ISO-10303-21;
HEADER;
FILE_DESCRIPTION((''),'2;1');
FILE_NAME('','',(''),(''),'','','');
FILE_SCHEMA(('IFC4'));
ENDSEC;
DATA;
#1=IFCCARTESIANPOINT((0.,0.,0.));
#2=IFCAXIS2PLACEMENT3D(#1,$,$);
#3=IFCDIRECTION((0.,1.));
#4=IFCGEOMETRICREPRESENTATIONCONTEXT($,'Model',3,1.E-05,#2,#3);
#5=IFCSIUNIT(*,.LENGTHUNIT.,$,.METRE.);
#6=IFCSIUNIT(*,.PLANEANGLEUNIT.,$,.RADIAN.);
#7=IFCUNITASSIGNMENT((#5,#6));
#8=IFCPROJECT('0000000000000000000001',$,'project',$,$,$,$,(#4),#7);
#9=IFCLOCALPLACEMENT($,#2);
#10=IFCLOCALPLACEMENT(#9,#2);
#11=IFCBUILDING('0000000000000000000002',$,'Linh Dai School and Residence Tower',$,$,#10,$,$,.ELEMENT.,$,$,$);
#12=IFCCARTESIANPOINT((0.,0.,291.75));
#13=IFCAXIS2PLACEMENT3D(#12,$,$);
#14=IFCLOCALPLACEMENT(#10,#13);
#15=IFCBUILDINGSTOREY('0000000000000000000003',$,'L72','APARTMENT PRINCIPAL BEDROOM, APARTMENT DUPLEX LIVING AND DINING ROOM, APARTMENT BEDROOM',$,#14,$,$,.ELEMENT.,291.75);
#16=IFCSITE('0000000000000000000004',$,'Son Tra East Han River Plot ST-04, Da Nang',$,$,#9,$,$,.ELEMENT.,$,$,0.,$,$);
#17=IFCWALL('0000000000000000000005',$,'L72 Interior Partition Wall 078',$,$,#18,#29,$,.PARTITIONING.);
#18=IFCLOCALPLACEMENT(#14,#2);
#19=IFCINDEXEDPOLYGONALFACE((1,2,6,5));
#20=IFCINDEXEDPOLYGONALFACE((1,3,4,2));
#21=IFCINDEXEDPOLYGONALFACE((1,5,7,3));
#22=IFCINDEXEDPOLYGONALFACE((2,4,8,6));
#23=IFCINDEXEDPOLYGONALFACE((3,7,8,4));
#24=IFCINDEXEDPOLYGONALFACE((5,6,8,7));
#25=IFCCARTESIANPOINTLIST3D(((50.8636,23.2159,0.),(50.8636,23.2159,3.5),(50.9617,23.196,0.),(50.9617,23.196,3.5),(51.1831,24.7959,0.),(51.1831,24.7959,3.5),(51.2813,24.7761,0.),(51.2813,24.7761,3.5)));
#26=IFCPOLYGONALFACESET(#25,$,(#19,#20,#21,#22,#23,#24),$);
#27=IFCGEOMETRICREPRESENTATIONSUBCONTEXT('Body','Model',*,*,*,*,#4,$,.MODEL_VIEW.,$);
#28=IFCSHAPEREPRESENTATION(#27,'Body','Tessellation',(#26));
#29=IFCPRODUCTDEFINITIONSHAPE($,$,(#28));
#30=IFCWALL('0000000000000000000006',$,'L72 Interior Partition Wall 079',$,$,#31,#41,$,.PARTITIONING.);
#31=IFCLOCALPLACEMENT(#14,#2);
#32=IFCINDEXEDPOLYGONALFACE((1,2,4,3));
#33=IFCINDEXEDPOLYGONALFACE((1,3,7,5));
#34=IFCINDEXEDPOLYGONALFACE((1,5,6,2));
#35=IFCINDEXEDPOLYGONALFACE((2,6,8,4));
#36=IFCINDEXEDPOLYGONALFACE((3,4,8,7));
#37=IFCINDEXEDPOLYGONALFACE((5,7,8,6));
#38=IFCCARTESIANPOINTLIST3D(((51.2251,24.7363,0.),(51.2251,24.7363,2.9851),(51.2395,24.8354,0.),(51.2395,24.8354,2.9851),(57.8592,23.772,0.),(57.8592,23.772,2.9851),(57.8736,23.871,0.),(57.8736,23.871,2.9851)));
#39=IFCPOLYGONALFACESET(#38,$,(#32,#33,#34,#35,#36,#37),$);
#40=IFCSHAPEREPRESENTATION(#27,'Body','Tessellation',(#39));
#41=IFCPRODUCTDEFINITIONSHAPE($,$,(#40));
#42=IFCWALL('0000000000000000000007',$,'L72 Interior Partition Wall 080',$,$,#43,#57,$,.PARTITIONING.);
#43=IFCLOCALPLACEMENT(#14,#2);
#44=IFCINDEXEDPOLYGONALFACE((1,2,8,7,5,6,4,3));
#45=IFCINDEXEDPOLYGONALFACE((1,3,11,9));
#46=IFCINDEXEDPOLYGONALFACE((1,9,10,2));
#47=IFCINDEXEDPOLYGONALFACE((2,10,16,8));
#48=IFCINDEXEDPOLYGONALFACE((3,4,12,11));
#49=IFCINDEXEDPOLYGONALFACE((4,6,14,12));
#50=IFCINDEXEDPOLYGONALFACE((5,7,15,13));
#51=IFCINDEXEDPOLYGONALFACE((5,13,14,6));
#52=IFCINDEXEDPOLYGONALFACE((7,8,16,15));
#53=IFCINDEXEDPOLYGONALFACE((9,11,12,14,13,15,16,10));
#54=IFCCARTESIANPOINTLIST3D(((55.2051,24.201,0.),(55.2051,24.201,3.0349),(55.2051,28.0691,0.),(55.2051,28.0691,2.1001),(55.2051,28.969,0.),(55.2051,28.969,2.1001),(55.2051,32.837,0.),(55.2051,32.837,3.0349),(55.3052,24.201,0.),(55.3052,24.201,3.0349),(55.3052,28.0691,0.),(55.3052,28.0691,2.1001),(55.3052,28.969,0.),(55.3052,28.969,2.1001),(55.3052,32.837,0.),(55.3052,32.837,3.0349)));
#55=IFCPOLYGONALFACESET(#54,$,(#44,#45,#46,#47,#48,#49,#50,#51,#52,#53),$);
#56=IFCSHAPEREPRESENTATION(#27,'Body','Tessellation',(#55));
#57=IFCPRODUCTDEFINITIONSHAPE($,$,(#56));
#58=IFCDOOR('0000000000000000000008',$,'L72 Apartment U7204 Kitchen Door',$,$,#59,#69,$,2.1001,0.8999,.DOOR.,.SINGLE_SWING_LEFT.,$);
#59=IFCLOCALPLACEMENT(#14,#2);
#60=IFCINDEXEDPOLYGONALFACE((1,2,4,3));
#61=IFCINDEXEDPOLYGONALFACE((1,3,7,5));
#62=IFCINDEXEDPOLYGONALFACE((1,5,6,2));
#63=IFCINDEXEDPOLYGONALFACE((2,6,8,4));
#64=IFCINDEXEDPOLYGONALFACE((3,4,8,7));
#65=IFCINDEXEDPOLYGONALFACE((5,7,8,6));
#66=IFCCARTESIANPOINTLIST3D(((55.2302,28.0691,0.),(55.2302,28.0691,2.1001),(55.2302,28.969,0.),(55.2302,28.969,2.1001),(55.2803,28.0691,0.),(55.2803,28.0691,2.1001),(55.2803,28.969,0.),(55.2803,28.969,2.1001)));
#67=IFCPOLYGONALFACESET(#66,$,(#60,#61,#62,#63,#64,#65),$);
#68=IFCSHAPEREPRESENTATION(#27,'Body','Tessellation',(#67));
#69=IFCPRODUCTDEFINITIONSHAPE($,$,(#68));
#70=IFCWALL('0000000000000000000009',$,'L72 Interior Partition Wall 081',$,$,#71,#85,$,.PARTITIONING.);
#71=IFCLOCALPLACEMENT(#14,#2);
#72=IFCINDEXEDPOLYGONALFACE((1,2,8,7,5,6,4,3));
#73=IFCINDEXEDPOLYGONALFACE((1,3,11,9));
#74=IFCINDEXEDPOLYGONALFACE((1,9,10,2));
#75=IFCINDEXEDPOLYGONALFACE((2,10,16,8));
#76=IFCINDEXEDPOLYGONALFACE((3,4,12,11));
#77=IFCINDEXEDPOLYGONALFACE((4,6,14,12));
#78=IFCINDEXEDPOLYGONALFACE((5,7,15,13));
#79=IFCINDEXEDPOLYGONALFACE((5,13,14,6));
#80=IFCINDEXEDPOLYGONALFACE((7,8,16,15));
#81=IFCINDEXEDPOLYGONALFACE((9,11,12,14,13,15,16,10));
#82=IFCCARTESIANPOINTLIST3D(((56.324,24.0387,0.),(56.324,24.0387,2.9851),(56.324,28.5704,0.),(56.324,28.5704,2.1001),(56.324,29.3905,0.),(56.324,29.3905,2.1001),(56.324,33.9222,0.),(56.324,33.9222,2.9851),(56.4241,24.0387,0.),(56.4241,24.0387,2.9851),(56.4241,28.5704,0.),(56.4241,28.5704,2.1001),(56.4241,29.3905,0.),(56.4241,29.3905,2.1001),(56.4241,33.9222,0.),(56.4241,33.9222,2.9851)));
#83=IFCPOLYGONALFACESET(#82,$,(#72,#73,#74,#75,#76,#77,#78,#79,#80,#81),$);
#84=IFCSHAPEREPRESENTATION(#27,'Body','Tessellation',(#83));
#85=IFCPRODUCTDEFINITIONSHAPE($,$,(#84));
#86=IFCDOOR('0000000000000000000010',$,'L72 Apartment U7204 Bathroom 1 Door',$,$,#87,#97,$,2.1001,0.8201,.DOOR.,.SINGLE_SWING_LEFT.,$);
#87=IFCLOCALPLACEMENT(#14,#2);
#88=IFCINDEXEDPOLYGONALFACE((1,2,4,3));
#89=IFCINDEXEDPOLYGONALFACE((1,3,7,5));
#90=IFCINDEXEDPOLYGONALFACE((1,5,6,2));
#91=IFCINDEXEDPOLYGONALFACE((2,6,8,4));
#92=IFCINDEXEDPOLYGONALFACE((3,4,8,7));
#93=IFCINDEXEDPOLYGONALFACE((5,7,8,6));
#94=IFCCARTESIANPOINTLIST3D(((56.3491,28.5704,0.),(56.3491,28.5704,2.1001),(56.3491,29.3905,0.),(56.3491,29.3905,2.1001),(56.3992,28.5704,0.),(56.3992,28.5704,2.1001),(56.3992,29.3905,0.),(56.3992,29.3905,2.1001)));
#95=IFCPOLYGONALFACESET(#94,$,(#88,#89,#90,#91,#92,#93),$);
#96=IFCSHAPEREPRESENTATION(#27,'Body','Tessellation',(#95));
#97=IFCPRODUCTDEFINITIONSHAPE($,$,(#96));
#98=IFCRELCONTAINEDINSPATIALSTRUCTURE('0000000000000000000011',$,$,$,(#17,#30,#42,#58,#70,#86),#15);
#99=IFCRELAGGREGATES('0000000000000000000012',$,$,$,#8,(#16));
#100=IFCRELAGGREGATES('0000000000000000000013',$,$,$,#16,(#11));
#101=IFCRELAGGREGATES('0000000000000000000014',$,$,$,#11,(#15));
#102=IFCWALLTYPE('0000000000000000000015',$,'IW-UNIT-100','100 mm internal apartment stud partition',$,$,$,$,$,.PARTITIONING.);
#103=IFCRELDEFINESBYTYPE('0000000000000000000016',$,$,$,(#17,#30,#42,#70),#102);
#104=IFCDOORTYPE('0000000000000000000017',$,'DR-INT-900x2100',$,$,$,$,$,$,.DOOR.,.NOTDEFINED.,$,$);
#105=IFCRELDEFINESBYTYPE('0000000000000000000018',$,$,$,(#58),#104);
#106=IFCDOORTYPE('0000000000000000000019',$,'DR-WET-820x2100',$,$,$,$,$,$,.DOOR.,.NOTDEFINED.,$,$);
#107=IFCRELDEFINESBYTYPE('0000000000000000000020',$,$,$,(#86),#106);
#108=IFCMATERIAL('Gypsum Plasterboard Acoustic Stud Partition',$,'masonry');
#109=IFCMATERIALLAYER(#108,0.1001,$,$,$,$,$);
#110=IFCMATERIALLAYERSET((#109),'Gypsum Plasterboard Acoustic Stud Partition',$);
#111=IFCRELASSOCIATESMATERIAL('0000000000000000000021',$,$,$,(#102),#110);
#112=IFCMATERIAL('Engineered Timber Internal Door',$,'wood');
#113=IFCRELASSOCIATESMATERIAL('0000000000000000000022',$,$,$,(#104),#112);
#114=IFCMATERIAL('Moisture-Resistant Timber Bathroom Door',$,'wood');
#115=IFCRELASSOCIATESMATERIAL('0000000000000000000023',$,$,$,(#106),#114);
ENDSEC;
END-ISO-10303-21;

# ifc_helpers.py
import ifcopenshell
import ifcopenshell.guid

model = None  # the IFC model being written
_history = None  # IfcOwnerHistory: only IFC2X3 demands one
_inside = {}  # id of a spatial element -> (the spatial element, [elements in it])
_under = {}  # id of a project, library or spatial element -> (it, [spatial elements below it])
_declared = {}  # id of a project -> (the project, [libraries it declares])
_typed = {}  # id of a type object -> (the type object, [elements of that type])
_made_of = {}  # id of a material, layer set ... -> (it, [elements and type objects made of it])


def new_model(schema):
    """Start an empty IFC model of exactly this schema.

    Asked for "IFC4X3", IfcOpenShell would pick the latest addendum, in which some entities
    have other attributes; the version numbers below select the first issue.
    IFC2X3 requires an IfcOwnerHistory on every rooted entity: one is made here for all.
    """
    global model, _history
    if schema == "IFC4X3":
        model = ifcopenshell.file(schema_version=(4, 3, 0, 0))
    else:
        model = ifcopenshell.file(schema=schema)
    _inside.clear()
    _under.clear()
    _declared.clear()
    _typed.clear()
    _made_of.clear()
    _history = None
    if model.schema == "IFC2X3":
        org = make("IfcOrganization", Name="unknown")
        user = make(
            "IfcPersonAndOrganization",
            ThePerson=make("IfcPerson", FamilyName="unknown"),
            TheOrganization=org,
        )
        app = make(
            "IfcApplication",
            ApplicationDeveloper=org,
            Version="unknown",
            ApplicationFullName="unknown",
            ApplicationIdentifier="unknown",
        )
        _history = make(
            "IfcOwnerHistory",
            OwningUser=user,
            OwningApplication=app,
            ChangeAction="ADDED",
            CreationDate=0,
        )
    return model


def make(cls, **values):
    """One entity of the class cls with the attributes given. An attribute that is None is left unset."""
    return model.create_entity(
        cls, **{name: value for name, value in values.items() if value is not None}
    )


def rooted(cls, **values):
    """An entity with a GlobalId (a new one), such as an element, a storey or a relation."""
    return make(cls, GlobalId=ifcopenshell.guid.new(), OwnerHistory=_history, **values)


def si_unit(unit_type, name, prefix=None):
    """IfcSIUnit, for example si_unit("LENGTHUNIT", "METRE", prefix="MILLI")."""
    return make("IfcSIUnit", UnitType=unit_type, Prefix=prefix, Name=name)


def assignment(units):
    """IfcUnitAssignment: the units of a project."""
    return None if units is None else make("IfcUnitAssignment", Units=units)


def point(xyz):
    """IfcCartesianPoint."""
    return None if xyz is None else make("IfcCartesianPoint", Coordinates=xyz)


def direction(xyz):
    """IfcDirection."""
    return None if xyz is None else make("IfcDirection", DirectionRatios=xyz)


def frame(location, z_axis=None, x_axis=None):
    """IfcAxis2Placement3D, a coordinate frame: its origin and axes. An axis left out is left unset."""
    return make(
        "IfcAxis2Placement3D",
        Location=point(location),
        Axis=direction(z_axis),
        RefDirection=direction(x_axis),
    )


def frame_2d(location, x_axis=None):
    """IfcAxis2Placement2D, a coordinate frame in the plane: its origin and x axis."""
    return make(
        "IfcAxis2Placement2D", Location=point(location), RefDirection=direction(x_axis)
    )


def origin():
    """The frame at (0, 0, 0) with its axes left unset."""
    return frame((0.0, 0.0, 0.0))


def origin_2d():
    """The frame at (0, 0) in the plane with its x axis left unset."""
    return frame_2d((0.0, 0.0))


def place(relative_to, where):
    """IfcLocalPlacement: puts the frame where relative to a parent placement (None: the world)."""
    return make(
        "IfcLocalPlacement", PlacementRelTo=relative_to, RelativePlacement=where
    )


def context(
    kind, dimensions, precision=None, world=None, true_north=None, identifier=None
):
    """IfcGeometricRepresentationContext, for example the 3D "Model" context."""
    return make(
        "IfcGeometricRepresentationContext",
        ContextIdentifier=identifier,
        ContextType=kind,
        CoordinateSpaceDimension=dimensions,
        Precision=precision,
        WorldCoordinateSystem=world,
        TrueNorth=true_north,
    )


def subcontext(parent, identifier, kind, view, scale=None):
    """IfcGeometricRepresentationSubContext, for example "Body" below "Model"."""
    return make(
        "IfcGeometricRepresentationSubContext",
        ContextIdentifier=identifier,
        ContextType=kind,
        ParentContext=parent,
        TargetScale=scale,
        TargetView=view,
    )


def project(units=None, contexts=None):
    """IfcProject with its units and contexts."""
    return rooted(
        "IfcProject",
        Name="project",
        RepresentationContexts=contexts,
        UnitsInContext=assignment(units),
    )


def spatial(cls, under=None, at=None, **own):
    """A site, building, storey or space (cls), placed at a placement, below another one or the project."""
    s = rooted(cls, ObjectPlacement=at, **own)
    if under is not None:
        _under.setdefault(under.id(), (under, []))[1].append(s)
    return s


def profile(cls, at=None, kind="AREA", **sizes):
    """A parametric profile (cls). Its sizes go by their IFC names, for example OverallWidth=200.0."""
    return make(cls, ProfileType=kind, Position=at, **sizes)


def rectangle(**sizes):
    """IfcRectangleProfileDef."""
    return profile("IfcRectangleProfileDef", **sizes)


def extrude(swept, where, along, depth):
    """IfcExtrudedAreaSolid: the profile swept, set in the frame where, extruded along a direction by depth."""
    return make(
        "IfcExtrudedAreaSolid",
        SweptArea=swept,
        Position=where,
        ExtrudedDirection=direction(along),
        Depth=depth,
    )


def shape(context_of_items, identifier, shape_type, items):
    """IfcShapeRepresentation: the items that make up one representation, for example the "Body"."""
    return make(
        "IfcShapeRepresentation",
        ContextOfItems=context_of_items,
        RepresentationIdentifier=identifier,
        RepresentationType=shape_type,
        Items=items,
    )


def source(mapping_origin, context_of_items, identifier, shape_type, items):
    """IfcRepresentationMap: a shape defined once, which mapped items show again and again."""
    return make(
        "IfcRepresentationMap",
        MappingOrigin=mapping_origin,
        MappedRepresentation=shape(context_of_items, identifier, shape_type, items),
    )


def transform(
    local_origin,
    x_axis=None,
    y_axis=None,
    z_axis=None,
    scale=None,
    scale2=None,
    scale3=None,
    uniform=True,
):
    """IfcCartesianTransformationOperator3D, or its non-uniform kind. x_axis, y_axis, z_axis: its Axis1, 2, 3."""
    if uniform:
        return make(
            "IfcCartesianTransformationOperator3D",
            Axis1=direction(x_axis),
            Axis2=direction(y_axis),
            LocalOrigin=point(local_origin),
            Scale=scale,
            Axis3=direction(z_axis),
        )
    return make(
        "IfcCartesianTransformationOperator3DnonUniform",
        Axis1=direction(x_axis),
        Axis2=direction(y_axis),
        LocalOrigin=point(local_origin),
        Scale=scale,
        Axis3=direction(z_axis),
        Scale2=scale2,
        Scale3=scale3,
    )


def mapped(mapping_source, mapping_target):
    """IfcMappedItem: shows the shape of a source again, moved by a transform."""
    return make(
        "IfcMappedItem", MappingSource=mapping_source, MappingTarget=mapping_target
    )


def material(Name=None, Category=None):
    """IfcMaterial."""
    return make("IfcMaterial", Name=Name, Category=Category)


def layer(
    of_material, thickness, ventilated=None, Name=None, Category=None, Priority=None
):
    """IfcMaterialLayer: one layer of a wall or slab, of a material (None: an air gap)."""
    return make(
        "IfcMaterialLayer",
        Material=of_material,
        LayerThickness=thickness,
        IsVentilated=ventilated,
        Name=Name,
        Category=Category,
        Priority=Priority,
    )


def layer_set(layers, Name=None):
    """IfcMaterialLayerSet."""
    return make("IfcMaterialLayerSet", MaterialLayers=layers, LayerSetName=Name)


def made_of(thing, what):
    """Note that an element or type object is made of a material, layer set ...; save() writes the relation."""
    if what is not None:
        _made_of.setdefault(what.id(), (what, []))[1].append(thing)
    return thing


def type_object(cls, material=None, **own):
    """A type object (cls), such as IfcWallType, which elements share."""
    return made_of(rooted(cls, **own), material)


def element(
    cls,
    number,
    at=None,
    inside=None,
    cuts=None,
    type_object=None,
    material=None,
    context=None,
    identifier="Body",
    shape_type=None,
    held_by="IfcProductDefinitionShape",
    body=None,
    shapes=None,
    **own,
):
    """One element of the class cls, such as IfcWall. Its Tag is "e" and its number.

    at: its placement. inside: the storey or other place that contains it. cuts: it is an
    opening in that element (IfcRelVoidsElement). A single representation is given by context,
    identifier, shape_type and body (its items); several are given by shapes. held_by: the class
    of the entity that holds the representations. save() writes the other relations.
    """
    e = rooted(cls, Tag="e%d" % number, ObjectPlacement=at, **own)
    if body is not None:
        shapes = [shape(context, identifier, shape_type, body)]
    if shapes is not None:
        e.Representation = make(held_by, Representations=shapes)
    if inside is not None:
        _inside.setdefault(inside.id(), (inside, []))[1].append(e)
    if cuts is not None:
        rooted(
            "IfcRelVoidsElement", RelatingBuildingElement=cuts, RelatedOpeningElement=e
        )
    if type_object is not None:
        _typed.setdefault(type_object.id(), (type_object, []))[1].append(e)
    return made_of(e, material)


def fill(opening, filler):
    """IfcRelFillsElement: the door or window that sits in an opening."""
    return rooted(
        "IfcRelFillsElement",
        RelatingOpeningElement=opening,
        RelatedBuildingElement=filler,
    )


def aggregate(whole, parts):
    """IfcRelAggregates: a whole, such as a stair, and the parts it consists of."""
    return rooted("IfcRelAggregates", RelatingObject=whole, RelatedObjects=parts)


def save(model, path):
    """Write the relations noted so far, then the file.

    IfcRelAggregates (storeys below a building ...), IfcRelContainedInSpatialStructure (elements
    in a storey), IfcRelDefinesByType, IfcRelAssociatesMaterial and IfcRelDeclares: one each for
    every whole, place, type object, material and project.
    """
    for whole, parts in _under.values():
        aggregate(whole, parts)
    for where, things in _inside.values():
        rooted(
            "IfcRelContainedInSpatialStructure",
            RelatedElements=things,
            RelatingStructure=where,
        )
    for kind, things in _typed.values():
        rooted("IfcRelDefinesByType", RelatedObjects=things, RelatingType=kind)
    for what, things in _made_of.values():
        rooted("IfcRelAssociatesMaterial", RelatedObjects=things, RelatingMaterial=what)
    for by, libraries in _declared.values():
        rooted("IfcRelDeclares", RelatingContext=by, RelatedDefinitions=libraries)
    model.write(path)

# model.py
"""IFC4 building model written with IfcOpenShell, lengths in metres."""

from ifc_helpers import new_model, si_unit, direction, frame, frame_2d, origin, origin_2d, place, context, subcontext, project, spatial, rectangle, extrude, source, transform, mapped, material, layer, layer_set, type_object, element, fill, save


model = new_model("IFC4")

# Units and contexts
model_context = context("Model", 3, precision=1e-05, world=origin(), true_north=direction((0.0, 1.0)))
body_context = subcontext(model_context, "Body", "Model", "MODEL_VIEW")
ifc_project = project(units=[si_unit("LENGTHUNIT", "METRE"), si_unit("PLANEANGLEUNIT", "RADIAN")], contexts=[model_context])

# Site, building, storey
site_placement = place(None, origin())
site = spatial("IfcSite", under=ifc_project, at=site_placement, Name="Son Tra East Han River Plot ST-04, Da Nang", CompositionType="ELEMENT", RefElevation=0.0)
building_placement = place(site_placement, origin())
building = spatial("IfcBuilding", under=site, at=building_placement, Name="Linh Dai School and Residence Tower", CompositionType="ELEMENT")
storey_placement = place(building_placement, frame((0.0, 0.0, 291.75)))
storey = spatial("IfcBuildingStorey", under=building, at=storey_placement, Name="L72", Description="APARTMENT PRINCIPAL BEDROOM, APARTMENT DUPLEX LIVING AND DINING ROOM, APARTMENT BEDROOM", CompositionType="ELEMENT", Elevation=291.75)

# Walls
ifc_material_1 = material(Name="Gypsum Plasterboard Acoustic Stud Partition", Category="masonry")
ifc_layer_1 = layer(ifc_material_1, 0.1001)
ifc_layer_set_1 = layer_set([ifc_layer_1], Name="Gypsum Plasterboard Acoustic Stud Partition")
wall_type_1 = type_object("IfcWallType", Name="IW-UNIT-100", Description="100 mm internal apartment stud partition", PredefinedType="PARTITIONING", material=ifc_layer_set_1)
wall_1_placement = place(storey_placement, frame((50.9126, 23.2058, 0.0), z_axis=(0.0, 0.0, 1.0), x_axis=(0.198242, 0.980153, 0.0)))
element("IfcWall", 1, at=wall_1_placement, inside=storey, type_object=wall_type_1, Name="L72 Interior Partition Wall 078", PredefinedType="PARTITIONING", context=body_context, shape_type="SweptSolid", body=[
    extrude(rectangle(XDim=1.6121, YDim=0.1001, at=frame_2d((0.8062, 0.0))), origin(), (0.0, 0.0, 1.0), 3.5),
])
wall_2_placement = place(storey_placement, frame((51.2322, 24.7859, 0.0), z_axis=(0.0, 0.0, 1.0), x_axis=(0.989599, -0.143853, 0.0)))
element("IfcWall", 2, at=wall_2_placement, inside=storey, type_object=wall_type_1, Name="L72 Interior Partition Wall 079", PredefinedType="PARTITIONING", context=body_context, shape_type="SweptSolid", body=[
    extrude(rectangle(XDim=6.7039, YDim=0.1001, at=frame_2d((3.3521, 0.0))), origin(), (0.0, 0.0, 1.0), 2.9851),
])

# Walls, openings, doors
wall_3_placement = place(storey_placement, frame((55.2551, 24.2012, 0.0), z_axis=(0.0, 0.0, 1.0), x_axis=(0.0, 1.0, 0.0)))
wall_3 = element("IfcWall", 3, at=wall_3_placement, inside=storey, type_object=wall_type_1, Name="L72 Interior Partition Wall 080", PredefinedType="PARTITIONING", context=body_context, shape_type="SweptSolid", body=[
    extrude(rectangle(XDim=8.636, YDim=0.1001, at=frame_2d((4.3179, 0.0))), origin(), (0.0, 0.0, 1.0), 3.0349),
])
opening_1_placement = place(wall_3_placement, frame((3.8679, 0.0, 0.0)))
opening_1 = element("IfcOpeningElement", 4, at=opening_1_placement, cuts=wall_3, PredefinedType="OPENING", context=body_context, shape_type="SweptSolid", body=[
    extrude(rectangle(XDim=0.8999, YDim=2.1001, at=origin_2d()), frame((0.45, 0.0601, 1.05), z_axis=(0.0, -1.0, 0.0), x_axis=(1.0, 0.0, 0.0)), (0.0, 0.0, 1.0), 0.1201),
])
ifc_material_2 = material(Name="Engineered Timber Internal Door", Category="wood")
door_type_1 = type_object("IfcDoorType", Name="DR-INT-900x2100", OperationType="NOTDEFINED", PredefinedType="DOOR", material=ifc_material_2)
shared_shape_1 = source(origin(), body_context, "Body", "SweptSolid", [
    extrude(rectangle(XDim=0.8999, YDim=2.1001, at=origin_2d()), frame((0.45, 0.0249, 1.05), z_axis=(0.0, -1.0, 0.0), x_axis=(1.0, 0.0, 0.0)), (0.0, 0.0, 1.0), 0.05),
])
door_1_placement = place(opening_1_placement, origin())
door_1 = element("IfcDoor", 5, at=door_1_placement, inside=storey, type_object=door_type_1, Name="L72 Apartment U7204 Kitchen Door", OperationType="SINGLE_SWING_LEFT", OverallHeight=2.1001, OverallWidth=0.8999, PredefinedType="DOOR", context=body_context, shape_type="MappedRepresentation", body=[
    mapped(shared_shape_1, transform((0.0, 0.0, 0.0), x_axis=(1.0, 0.0, 0.0), y_axis=(0.0, 1.0, 0.0), z_axis=(0.0, 0.0, 1.0), scale=1.0)),
])
fill(opening_1, door_1)
wall_4_placement = place(storey_placement, frame((56.374, 24.0386, 0.0), z_axis=(0.0, 0.0, 1.0), x_axis=(0.0, 1.0, 0.0)))
wall_4 = element("IfcWall", 6, at=wall_4_placement, inside=storey, type_object=wall_type_1, Name="L72 Interior Partition Wall 081", PredefinedType="PARTITIONING", context=body_context, shape_type="SweptSolid", body=[
    extrude(rectangle(XDim=9.8835, YDim=0.1001, at=frame_2d((4.9419, 0.0))), origin(), (0.0, 0.0, 1.0), 2.9851),
])
opening_2_placement = place(wall_4_placement, frame((4.5317, 0.0, 0.0)))
opening_2 = element("IfcOpeningElement", 7, at=opening_2_placement, cuts=wall_4, PredefinedType="OPENING", context=body_context, shape_type="SweptSolid", body=[
    extrude(rectangle(XDim=0.8201, YDim=2.1001, at=origin_2d()), frame((0.4102, 0.0601, 1.05), z_axis=(0.0, -1.0, 0.0), x_axis=(1.0, 0.0, 0.0)), (0.0, 0.0, 1.0), 0.1201),
])
ifc_material_3 = material(Name="Moisture-Resistant Timber Bathroom Door", Category="wood")
door_type_2 = type_object("IfcDoorType", Name="DR-WET-820x2100", OperationType="NOTDEFINED", PredefinedType="DOOR", material=ifc_material_3)
shared_shape_2 = source(origin(), body_context, "Body", "SweptSolid", [
    extrude(rectangle(XDim=0.8201, YDim=2.1001, at=origin_2d()), frame((0.4102, 0.0249, 1.05), z_axis=(0.0, -1.0, 0.0), x_axis=(1.0, 0.0, 0.0)), (0.0, 0.0, 1.0), 0.05),
])
door_2_placement = place(opening_2_placement, origin())
door_2 = element("IfcDoor", 8, at=door_2_placement, inside=storey, type_object=door_type_2, Name="L72 Apartment U7204 Bathroom 1 Door", OperationType="SINGLE_SWING_LEFT", OverallHeight=2.1001, OverallWidth=0.8201, PredefinedType="DOOR", context=body_context, shape_type="MappedRepresentation", body=[
    mapped(shared_shape_2, transform((0.0, 0.0, 0.0), x_axis=(1.0, 0.0, 0.0), y_axis=(0.0, 1.0, 0.0), z_axis=(0.0, 0.0, 1.0), scale=1.0)),
])
fill(opening_2, door_2)

save(model, "model.ifc")
